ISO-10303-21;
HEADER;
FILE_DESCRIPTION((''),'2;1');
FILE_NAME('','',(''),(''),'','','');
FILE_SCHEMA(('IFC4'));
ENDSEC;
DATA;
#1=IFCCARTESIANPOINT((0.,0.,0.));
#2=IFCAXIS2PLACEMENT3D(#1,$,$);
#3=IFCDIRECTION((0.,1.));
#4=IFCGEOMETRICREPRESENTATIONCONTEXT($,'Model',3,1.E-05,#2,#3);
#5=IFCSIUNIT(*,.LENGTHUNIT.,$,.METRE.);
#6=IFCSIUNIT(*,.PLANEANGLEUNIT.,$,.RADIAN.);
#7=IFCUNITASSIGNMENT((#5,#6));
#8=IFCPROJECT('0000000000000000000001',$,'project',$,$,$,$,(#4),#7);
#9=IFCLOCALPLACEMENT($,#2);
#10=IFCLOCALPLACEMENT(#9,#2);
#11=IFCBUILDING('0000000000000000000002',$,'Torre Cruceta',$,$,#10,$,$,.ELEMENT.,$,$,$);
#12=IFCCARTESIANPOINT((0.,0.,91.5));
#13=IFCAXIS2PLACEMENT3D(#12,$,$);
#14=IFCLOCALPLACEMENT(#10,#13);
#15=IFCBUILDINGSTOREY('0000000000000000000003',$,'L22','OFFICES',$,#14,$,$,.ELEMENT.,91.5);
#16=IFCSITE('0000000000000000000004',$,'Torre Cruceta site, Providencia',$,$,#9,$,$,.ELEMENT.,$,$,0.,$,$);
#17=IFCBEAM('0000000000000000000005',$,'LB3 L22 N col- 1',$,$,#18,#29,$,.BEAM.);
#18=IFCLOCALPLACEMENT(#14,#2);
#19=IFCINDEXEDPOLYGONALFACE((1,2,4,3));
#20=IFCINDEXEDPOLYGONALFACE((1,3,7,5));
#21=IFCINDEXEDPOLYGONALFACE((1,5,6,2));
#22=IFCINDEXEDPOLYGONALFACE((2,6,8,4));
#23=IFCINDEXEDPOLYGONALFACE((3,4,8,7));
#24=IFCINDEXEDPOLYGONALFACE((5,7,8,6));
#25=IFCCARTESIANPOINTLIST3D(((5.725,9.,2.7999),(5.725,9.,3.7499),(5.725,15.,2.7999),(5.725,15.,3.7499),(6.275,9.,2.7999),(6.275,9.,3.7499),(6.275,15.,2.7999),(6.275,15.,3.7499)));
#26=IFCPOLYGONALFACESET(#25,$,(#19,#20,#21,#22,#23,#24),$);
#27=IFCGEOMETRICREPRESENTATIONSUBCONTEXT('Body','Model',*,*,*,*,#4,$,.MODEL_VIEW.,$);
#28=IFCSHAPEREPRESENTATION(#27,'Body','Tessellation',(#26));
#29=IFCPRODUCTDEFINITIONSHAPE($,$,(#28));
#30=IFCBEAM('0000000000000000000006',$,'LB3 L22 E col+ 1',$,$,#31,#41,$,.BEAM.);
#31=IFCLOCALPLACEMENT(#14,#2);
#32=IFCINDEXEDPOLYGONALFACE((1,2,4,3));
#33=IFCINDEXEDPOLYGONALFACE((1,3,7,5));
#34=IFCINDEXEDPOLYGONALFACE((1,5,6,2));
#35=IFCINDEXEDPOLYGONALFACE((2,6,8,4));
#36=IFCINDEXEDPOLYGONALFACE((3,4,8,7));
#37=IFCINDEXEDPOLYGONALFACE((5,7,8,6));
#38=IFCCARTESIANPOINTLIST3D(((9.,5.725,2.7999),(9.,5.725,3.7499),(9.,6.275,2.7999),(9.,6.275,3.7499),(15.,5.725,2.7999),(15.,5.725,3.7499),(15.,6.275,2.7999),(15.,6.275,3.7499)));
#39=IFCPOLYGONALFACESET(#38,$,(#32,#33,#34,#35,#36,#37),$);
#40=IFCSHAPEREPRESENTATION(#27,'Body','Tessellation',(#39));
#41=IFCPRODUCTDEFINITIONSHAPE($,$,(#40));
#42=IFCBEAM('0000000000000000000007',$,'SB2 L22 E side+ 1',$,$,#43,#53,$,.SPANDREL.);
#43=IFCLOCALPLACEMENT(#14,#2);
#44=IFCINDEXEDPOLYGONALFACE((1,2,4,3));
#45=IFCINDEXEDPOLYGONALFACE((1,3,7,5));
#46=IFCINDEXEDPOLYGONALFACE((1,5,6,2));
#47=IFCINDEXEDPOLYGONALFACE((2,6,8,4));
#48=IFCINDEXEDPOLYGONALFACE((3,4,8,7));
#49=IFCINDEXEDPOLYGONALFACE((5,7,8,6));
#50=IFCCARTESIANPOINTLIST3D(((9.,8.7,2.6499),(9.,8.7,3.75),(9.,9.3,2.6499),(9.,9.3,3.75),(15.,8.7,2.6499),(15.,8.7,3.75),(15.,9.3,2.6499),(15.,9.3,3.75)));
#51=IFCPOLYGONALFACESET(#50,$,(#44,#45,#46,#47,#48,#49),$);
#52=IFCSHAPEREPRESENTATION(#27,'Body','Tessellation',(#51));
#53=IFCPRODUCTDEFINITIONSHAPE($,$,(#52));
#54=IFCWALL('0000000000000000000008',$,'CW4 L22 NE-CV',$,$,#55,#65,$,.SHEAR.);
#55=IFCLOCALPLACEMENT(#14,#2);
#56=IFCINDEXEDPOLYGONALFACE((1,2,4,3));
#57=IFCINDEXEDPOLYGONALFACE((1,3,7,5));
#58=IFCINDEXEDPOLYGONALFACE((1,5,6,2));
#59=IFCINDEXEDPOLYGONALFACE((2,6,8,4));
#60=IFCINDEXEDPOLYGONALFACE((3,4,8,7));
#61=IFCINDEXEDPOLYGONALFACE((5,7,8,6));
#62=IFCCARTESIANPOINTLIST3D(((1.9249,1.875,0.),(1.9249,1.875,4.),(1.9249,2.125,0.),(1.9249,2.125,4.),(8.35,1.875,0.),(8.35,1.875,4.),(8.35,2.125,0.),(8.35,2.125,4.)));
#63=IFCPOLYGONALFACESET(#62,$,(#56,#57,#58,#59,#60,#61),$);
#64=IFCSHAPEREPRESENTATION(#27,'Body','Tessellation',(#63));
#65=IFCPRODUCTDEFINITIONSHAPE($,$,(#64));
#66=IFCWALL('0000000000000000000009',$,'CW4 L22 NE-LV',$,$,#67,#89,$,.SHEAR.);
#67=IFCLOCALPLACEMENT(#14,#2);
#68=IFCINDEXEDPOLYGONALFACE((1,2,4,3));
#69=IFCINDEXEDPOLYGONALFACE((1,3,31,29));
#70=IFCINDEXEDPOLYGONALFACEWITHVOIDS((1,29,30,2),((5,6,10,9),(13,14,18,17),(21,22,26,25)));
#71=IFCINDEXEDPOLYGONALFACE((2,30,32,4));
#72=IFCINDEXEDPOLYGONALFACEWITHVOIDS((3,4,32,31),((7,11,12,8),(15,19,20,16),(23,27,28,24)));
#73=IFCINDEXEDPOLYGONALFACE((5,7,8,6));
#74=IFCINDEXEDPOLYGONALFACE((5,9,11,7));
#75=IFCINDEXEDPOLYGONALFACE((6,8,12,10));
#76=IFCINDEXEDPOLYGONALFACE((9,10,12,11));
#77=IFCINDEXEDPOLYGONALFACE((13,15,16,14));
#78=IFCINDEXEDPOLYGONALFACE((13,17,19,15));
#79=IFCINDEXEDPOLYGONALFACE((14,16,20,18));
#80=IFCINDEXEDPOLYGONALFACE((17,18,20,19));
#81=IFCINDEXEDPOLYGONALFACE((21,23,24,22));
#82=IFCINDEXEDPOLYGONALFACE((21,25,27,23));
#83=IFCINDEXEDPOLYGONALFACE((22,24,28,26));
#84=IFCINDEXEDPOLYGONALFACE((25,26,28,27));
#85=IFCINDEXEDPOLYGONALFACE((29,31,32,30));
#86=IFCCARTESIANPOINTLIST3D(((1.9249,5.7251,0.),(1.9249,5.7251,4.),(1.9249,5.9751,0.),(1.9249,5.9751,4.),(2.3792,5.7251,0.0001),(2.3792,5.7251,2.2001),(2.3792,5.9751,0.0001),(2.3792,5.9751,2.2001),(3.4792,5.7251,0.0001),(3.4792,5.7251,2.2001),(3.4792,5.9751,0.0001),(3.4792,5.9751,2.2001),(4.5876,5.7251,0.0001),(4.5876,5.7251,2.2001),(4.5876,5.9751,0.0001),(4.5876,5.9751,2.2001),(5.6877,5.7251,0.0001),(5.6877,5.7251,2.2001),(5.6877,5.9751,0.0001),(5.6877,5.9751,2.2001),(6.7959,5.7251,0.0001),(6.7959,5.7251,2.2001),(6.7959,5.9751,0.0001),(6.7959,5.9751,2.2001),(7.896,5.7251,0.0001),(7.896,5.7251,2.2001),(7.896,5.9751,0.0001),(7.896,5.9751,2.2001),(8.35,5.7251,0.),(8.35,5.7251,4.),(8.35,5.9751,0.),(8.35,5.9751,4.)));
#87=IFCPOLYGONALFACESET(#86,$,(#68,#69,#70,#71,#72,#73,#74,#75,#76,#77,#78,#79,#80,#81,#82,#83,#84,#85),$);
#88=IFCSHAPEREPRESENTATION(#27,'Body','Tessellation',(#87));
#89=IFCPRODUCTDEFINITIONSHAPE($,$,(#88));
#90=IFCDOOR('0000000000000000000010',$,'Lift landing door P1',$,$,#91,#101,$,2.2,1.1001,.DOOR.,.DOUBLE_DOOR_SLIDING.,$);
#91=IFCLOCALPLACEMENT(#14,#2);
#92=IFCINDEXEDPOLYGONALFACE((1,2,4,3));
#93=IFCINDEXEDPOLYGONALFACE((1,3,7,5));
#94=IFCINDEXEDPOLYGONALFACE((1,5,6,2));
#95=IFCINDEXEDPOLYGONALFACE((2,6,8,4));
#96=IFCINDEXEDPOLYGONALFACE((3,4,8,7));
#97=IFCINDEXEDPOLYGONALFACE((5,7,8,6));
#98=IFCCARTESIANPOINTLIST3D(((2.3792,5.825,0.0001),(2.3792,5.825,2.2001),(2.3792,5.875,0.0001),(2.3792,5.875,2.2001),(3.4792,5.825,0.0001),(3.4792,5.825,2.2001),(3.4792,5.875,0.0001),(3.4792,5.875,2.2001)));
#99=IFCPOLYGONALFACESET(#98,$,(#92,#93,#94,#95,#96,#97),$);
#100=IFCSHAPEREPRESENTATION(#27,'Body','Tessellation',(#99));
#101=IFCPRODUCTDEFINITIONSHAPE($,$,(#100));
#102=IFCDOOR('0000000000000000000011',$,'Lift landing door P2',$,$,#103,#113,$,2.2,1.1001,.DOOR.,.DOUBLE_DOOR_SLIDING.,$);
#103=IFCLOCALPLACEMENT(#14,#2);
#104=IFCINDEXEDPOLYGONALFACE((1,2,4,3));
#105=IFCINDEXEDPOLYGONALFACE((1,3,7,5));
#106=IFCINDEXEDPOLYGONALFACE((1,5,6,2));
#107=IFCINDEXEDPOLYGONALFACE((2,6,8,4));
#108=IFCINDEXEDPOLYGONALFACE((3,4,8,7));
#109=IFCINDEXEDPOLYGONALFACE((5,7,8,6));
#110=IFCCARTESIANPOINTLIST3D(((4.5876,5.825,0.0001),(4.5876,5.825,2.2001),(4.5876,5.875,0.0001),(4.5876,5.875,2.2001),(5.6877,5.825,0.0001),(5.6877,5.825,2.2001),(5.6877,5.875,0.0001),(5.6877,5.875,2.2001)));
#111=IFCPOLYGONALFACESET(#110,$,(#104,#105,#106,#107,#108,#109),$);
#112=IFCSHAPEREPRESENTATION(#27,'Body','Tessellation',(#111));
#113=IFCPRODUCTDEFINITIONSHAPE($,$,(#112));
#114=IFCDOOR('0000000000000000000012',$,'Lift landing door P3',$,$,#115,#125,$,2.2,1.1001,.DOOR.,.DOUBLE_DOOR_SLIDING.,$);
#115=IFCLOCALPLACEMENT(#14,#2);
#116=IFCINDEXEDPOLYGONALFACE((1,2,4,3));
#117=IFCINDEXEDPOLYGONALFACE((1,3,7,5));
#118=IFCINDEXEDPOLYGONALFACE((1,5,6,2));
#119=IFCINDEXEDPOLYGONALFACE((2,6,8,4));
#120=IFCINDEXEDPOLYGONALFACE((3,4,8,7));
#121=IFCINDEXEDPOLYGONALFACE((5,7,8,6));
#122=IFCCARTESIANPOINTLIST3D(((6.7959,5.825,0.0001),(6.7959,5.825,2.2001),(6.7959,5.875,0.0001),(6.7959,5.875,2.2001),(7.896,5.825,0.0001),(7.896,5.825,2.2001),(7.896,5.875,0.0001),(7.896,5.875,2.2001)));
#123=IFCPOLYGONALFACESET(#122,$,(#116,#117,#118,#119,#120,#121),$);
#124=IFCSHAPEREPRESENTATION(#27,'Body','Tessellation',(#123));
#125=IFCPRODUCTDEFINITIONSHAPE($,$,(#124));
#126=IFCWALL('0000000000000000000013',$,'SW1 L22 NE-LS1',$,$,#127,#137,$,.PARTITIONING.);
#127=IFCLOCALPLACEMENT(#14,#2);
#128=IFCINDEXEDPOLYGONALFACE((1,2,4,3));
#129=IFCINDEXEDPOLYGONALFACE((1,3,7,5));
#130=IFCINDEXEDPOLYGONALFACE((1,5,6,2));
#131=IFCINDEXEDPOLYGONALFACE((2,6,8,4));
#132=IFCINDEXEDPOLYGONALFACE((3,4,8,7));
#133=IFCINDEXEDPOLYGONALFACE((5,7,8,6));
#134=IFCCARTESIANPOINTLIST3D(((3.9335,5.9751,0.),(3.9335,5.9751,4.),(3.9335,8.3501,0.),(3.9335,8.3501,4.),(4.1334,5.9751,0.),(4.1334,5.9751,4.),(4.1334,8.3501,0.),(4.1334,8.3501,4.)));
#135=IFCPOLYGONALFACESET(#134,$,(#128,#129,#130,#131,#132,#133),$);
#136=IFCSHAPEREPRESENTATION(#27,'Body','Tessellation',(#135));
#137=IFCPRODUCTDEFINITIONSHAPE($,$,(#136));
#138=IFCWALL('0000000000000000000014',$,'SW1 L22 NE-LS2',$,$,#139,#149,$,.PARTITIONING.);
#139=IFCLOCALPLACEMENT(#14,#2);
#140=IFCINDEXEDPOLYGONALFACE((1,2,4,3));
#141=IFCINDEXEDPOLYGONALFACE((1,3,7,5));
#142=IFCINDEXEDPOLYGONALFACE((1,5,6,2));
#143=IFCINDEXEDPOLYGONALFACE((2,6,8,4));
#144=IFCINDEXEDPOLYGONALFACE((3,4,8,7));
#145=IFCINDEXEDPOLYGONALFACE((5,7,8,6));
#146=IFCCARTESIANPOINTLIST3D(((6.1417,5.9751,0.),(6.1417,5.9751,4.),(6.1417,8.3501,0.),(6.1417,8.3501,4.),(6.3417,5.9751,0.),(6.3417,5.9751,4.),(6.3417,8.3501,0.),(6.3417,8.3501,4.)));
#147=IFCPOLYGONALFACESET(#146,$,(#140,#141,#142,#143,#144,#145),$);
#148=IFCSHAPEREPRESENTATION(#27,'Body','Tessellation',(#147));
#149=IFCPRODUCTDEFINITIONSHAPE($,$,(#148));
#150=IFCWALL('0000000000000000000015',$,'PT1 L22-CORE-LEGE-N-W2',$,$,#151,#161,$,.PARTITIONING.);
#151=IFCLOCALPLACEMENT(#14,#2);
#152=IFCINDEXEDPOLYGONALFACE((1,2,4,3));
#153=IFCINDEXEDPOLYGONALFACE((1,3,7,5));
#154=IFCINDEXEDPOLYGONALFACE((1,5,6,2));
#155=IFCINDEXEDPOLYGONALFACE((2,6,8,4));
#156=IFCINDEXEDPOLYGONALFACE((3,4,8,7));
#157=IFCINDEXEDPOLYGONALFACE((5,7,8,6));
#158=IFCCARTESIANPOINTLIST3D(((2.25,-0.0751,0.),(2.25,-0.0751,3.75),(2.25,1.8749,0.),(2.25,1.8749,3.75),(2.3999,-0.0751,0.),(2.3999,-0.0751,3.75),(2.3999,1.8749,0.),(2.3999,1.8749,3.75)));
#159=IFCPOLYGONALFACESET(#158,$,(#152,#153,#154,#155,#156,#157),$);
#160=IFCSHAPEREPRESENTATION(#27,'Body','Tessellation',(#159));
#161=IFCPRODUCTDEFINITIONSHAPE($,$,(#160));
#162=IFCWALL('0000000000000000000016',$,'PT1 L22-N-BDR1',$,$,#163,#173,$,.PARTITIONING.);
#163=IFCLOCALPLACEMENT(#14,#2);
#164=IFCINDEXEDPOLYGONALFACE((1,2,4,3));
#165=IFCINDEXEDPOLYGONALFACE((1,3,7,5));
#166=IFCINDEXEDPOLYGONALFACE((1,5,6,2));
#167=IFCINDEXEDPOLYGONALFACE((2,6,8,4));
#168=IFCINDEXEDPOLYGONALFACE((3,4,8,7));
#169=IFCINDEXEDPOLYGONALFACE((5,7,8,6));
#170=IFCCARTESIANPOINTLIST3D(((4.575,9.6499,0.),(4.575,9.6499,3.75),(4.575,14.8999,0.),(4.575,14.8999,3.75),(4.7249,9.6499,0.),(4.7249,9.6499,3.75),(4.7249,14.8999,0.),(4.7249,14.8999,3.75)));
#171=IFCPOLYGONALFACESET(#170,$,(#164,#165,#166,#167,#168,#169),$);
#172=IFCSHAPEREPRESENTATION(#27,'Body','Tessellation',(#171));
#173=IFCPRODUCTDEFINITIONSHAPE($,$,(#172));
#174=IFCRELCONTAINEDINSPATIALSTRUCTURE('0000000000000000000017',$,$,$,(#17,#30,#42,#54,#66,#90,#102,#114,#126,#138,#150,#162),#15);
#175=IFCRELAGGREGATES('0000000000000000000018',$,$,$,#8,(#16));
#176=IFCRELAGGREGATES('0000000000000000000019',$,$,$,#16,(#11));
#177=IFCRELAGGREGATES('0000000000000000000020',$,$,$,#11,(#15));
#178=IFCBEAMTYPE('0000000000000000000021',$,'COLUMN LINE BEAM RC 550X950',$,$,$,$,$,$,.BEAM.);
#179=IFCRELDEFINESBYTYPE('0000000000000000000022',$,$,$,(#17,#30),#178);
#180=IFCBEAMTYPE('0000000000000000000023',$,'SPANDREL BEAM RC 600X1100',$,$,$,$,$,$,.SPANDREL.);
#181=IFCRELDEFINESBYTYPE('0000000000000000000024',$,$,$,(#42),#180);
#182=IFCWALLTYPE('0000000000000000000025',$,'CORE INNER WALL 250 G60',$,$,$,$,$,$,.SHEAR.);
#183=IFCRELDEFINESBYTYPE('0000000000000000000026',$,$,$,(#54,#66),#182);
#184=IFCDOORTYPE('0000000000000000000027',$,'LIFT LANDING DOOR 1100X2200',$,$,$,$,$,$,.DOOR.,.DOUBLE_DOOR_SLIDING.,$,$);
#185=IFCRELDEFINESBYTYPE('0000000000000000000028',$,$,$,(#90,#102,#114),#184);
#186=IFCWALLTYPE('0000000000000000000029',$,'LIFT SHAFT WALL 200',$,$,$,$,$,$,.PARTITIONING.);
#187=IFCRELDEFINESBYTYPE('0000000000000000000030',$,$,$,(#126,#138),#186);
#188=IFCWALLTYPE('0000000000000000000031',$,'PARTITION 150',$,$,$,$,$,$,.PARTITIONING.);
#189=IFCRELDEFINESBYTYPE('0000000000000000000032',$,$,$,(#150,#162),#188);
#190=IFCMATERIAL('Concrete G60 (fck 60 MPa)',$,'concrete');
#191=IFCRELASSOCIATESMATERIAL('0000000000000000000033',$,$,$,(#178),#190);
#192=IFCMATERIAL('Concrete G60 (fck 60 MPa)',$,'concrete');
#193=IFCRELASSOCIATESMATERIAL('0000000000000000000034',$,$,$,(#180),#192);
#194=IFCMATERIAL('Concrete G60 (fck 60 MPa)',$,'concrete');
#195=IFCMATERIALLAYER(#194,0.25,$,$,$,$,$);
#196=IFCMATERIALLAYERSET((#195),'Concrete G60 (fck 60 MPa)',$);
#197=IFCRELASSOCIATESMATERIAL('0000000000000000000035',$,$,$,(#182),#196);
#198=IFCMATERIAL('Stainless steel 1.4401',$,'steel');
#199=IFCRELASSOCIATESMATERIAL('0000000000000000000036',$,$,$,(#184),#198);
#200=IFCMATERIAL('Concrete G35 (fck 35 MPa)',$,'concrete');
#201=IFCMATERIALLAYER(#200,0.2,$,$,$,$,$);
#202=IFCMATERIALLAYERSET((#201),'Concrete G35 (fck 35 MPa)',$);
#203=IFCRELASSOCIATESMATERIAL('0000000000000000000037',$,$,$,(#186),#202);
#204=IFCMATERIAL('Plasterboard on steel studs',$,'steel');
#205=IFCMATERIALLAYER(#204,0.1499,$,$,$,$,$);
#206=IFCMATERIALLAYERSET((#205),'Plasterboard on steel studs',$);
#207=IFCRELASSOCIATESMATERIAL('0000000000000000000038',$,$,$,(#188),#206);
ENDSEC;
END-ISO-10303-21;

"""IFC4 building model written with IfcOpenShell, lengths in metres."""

from ifc_helpers import new_model, si_unit, direction, frame, frame_2d, origin, origin_2d, place, context, subcontext, project, spatial, rectangle, extrude, material, layer, layer_set, material_profile, profile_set, type_object, element, fill, save


model = new_model("IFC4")

# Units and contexts
model_context = context("Model", 3, precision=1e-05, world=origin(), true_north=direction((0.0, 1.0)))
body_context = subcontext(model_context, "Body", "Model", "MODEL_VIEW")
ifc_project = project(units=[si_unit("LENGTHUNIT", "METRE"), si_unit("PLANEANGLEUNIT", "RADIAN")], contexts=[model_context])

# Site, building, storey
site_placement = place(None, origin())
site = spatial("IfcSite", under=ifc_project, at=site_placement, Name="Torre Cruceta site, Providencia", CompositionType="ELEMENT", RefElevation=0.0)
building_placement = place(site_placement, origin())
building = spatial("IfcBuilding", under=site, at=building_placement, Name="Torre Cruceta", CompositionType="ELEMENT")
storey_placement = place(building_placement, frame((0.0, 0.0, 91.5)))
storey = spatial("IfcBuildingStorey", under=building, at=storey_placement, Name="L22", Description="OFFICES", CompositionType="ELEMENT", Elevation=91.5)

# Beams
ifc_material_1 = material(Name="Concrete G60 (fck 60 MPa)", Category="concrete")
ifc_material_profile_1 = material_profile(ifc_material_1, rectangle(XDim=0.55, YDim=0.95, at=origin_2d()), Name="RC 550X950")
ifc_profile_set_1 = profile_set([ifc_material_profile_1], Name="Concrete G60 (fck 60 MPa)")
beam_type_1 = type_object("IfcBeamType", Name="COLUMN LINE BEAM RC 550X950", PredefinedType="BEAM", material=ifc_profile_set_1)
for number, where, z_axis, x_axis, name in (
    (1, (6.0, 9.0, 3.2749), (0.0, 1.0, 0.0), (-1.0, 0.0, 0.0), "LB3 L22 N col- 1"),
    (2, (9.0, 6.0, 3.2749), (1.0, 0.0, 0.0), (0.0, 1.0, 0.0), "LB3 L22 E col+ 1"),
):
    element("IfcBeam", number, at=place(storey_placement, frame(where, z_axis=z_axis, x_axis=x_axis)), inside=storey, type_object=beam_type_1, Name=name, PredefinedType="BEAM", context=body_context, shape_type="SweptSolid", body=[
        extrude(rectangle(XDim=0.55, YDim=0.95, at=origin_2d()), origin(), (0.0, 0.0, 1.0), 6.0),
    ])
ifc_material_2 = material(Name="Concrete G60 (fck 60 MPa)", Category="concrete")
ifc_material_profile_2 = material_profile(ifc_material_2, rectangle(XDim=0.6001, YDim=1.1001, at=origin_2d()), Name="RC 600X1100")
ifc_profile_set_2 = profile_set([ifc_material_profile_2], Name="Concrete G60 (fck 60 MPa)")
beam_type_2 = type_object("IfcBeamType", Name="SPANDREL BEAM RC 600X1100", PredefinedType="SPANDREL", material=ifc_profile_set_2)
beam_placement = place(storey_placement, frame((9.0, 9.0, 3.2), z_axis=(1.0, 0.0, 0.0), x_axis=(0.0, 1.0, 0.0)))
element("IfcBeam", 3, at=beam_placement, inside=storey, type_object=beam_type_2, Name="SB2 L22 E side+ 1", PredefinedType="SPANDREL", context=body_context, shape_type="SweptSolid", body=[
    extrude(rectangle(XDim=0.6001, YDim=1.1001, at=origin_2d()), origin(), (0.0, 0.0, 1.0), 6.0),
])

# Wall
ifc_material_3 = material(Name="Concrete G60 (fck 60 MPa)", Category="concrete")
ifc_layer_1 = layer(ifc_material_3, 0.25)
ifc_layer_set_1 = layer_set([ifc_layer_1], Name="Concrete G60 (fck 60 MPa)")
wall_type_1 = type_object("IfcWallType", Name="CORE INNER WALL 250 G60", PredefinedType="SHEAR", material=ifc_layer_set_1)
wall_1_placement = place(storey_placement, frame((1.925, 2.0, 0.0), z_axis=(0.0, 0.0, 1.0), x_axis=(1.0, 0.0, 0.0)))
element("IfcWall", 4, at=wall_1_placement, inside=storey, type_object=wall_type_1, Name="CW4 L22 NE-CV", PredefinedType="SHEAR", context=body_context, shape_type="SweptSolid", body=[
    extrude(rectangle(XDim=6.425, YDim=0.25, at=frame_2d((3.2124, 0.0))), origin(), (0.0, 0.0, 1.0), 4.0),
])

# Wall, openings, doors
wall_2_placement = place(storey_placement, frame((1.925, 5.8501, 0.0), z_axis=(0.0, 0.0, 1.0), x_axis=(1.0, 0.0, 0.0)))
wall_2 = element("IfcWall", 5, at=wall_2_placement, inside=storey, type_object=wall_type_1, Name="CW4 L22 NE-LV", PredefinedType="SHEAR", context=body_context, shape_type="SweptSolid", body=[
    extrude(rectangle(XDim=6.425, YDim=0.25, at=frame_2d((3.2124, 0.0))), origin(), (0.0, 0.0, 1.0), 4.0),
])
opening_1_placement = place(wall_2_placement, frame((0.4541, 0.0, 0.0)))
opening_1 = element("IfcOpeningElement", 6, at=opening_1_placement, cuts=wall_2, PredefinedType="OPENING", context=body_context, shape_type="SweptSolid", body=[
    extrude(rectangle(XDim=1.1001, YDim=2.2, at=frame_2d((0.55, 1.1001))), frame((0.0, 0.135, 0.0), z_axis=(0.0, -1.0, 0.0), x_axis=(1.0, 0.0, 0.0)), (0.0, 0.0, 1.0), 0.27),
])
opening_2_placement = place(wall_2_placement, frame((2.6626, 0.0, 0.0)))
opening_2 = element("IfcOpeningElement", 7, at=opening_2_placement, cuts=wall_2, PredefinedType="OPENING", context=body_context, shape_type="SweptSolid", body=[
    extrude(rectangle(XDim=1.1001, YDim=2.2, at=frame_2d((0.55, 1.1001))), frame((0.0, 0.135, 0.0), z_axis=(0.0, -1.0, 0.0), x_axis=(1.0, 0.0, 0.0)), (0.0, 0.0, 1.0), 0.27),
])
opening_3_placement = place(wall_2_placement, frame((4.8708, 0.0, 0.0)))
opening_3 = element("IfcOpeningElement", 8, at=opening_3_placement, cuts=wall_2, PredefinedType="OPENING", context=body_context, shape_type="SweptSolid", body=[
    extrude(rectangle(XDim=1.1001, YDim=2.2, at=frame_2d((0.55, 1.1001))), frame((0.0, 0.135, 0.0), z_axis=(0.0, -1.0, 0.0), x_axis=(1.0, 0.0, 0.0)), (0.0, 0.0, 1.0), 0.27),
])
ifc_material_4 = material(Name="Stainless steel 1.4401", Category="steel")
door_type_1 = type_object("IfcDoorType", Name="LIFT LANDING DOOR 1100X2200", OperationType="DOUBLE_DOOR_SLIDING", PredefinedType="DOOR", material=ifc_material_4)
door_1_placement = place(opening_1_placement, origin())
door_1 = element("IfcDoor", 9, at=door_1_placement, inside=storey, type_object=door_type_1, Name="Lift landing door P1", OperationType="DOUBLE_DOOR_SLIDING", OverallHeight=2.2, OverallWidth=1.1001, PredefinedType="DOOR", context=body_context, shape_type="SweptSolid", body=[
    extrude(rectangle(XDim=1.1001, YDim=2.2, at=frame_2d((0.55, 1.1001))), frame((0.0, 0.0249, 0.0), z_axis=(0.0, -1.0, 0.0), x_axis=(1.0, 0.0, 0.0)), (0.0, 0.0, 1.0), 0.05),
])
fill(opening_1, door_1)
door_2_placement = place(opening_2_placement, origin())
door_2 = element("IfcDoor", 10, at=door_2_placement, inside=storey, type_object=door_type_1, Name="Lift landing door P2", OperationType="DOUBLE_DOOR_SLIDING", OverallHeight=2.2, OverallWidth=1.1001, PredefinedType="DOOR", context=body_context, shape_type="SweptSolid", body=[
    extrude(rectangle(XDim=1.1001, YDim=2.2, at=frame_2d((0.55, 1.1001))), frame((0.0, 0.0249, 0.0), z_axis=(0.0, -1.0, 0.0), x_axis=(1.0, 0.0, 0.0)), (0.0, 0.0, 1.0), 0.05),
])
fill(opening_2, door_2)
door_3_placement = place(opening_3_placement, origin())
door_3 = element("IfcDoor", 11, at=door_3_placement, inside=storey, type_object=door_type_1, Name="Lift landing door P3", OperationType="DOUBLE_DOOR_SLIDING", OverallHeight=2.2, OverallWidth=1.1001, PredefinedType="DOOR", context=body_context, shape_type="SweptSolid", body=[
    extrude(rectangle(XDim=1.1001, YDim=2.2, at=frame_2d((0.55, 1.1001))), frame((0.0, 0.0249, 0.0), z_axis=(0.0, -1.0, 0.0), x_axis=(1.0, 0.0, 0.0)), (0.0, 0.0, 1.0), 0.05),
])
fill(opening_3, door_3)

# Walls
ifc_material_5 = material(Name="Concrete G35 (fck 35 MPa)", Category="concrete")
ifc_layer_2 = layer(ifc_material_5, 0.2)
ifc_layer_set_2 = layer_set([ifc_layer_2], Name="Concrete G35 (fck 35 MPa)")
wall_type_2 = type_object("IfcWallType", Name="LIFT SHAFT WALL 200", PredefinedType="PARTITIONING", material=ifc_layer_set_2)
for number, where, z_axis, x_axis, name in (
    (12, (4.0334, 5.9751, 0.0), (0.0, 0.0, 1.0), (0.0, 1.0, 0.0), "SW1 L22 NE-LS1"),
    (13, (6.2417, 5.9751, 0.0), (0.0, 0.0, 1.0), (0.0, 1.0, 0.0), "SW1 L22 NE-LS2"),
):
    element("IfcWall", number, at=place(storey_placement, frame(where, z_axis=z_axis, x_axis=x_axis)), inside=storey, type_object=wall_type_2, Name=name, PredefinedType="PARTITIONING", context=body_context, shape_type="SweptSolid", body=[
        extrude(rectangle(XDim=2.375, YDim=0.2, at=frame_2d((1.1875, 0.0))), origin(), (0.0, 0.0, 1.0), 4.0),
    ])
ifc_material_6 = material(Name="Plasterboard on steel studs", Category="steel")
ifc_layer_3 = layer(ifc_material_6, 0.1499)
ifc_layer_set_3 = layer_set([ifc_layer_3], Name="Plasterboard on steel studs")
wall_type_3 = type_object("IfcWallType", Name="PARTITION 150", PredefinedType="PARTITIONING", material=ifc_layer_set_3)
wall_3_placement = place(storey_placement, frame((2.325, 1.875, 0.0), z_axis=(0.0, 0.0, 1.0), x_axis=(0.0, -1.0, 0.0)))
element("IfcWall", 14, at=wall_3_placement, inside=storey, type_object=wall_type_3, Name="PT1 L22-CORE-LEGE-N-W2", PredefinedType="PARTITIONING", context=body_context, shape_type="SweptSolid", body=[
    extrude(rectangle(XDim=1.95, YDim=0.1499, at=frame_2d((0.9751, 0.0))), origin(), (0.0, 0.0, 1.0), 3.75),
])
wall_4_placement = place(storey_placement, frame((4.6499, 9.6499, 0.0), z_axis=(0.0, 0.0, 1.0), x_axis=(0.0, 1.0, 0.0)))
element("IfcWall", 15, at=wall_4_placement, inside=storey, type_object=wall_type_3, Name="PT1 L22-N-BDR1", PredefinedType="PARTITIONING", context=body_context, shape_type="SweptSolid", body=[
    extrude(rectangle(XDim=5.25, YDim=0.1499, at=frame_2d((2.625, 0.0))), origin(), (0.0, 0.0, 1.0), 3.75),
])

save(model, "model.ifc")
